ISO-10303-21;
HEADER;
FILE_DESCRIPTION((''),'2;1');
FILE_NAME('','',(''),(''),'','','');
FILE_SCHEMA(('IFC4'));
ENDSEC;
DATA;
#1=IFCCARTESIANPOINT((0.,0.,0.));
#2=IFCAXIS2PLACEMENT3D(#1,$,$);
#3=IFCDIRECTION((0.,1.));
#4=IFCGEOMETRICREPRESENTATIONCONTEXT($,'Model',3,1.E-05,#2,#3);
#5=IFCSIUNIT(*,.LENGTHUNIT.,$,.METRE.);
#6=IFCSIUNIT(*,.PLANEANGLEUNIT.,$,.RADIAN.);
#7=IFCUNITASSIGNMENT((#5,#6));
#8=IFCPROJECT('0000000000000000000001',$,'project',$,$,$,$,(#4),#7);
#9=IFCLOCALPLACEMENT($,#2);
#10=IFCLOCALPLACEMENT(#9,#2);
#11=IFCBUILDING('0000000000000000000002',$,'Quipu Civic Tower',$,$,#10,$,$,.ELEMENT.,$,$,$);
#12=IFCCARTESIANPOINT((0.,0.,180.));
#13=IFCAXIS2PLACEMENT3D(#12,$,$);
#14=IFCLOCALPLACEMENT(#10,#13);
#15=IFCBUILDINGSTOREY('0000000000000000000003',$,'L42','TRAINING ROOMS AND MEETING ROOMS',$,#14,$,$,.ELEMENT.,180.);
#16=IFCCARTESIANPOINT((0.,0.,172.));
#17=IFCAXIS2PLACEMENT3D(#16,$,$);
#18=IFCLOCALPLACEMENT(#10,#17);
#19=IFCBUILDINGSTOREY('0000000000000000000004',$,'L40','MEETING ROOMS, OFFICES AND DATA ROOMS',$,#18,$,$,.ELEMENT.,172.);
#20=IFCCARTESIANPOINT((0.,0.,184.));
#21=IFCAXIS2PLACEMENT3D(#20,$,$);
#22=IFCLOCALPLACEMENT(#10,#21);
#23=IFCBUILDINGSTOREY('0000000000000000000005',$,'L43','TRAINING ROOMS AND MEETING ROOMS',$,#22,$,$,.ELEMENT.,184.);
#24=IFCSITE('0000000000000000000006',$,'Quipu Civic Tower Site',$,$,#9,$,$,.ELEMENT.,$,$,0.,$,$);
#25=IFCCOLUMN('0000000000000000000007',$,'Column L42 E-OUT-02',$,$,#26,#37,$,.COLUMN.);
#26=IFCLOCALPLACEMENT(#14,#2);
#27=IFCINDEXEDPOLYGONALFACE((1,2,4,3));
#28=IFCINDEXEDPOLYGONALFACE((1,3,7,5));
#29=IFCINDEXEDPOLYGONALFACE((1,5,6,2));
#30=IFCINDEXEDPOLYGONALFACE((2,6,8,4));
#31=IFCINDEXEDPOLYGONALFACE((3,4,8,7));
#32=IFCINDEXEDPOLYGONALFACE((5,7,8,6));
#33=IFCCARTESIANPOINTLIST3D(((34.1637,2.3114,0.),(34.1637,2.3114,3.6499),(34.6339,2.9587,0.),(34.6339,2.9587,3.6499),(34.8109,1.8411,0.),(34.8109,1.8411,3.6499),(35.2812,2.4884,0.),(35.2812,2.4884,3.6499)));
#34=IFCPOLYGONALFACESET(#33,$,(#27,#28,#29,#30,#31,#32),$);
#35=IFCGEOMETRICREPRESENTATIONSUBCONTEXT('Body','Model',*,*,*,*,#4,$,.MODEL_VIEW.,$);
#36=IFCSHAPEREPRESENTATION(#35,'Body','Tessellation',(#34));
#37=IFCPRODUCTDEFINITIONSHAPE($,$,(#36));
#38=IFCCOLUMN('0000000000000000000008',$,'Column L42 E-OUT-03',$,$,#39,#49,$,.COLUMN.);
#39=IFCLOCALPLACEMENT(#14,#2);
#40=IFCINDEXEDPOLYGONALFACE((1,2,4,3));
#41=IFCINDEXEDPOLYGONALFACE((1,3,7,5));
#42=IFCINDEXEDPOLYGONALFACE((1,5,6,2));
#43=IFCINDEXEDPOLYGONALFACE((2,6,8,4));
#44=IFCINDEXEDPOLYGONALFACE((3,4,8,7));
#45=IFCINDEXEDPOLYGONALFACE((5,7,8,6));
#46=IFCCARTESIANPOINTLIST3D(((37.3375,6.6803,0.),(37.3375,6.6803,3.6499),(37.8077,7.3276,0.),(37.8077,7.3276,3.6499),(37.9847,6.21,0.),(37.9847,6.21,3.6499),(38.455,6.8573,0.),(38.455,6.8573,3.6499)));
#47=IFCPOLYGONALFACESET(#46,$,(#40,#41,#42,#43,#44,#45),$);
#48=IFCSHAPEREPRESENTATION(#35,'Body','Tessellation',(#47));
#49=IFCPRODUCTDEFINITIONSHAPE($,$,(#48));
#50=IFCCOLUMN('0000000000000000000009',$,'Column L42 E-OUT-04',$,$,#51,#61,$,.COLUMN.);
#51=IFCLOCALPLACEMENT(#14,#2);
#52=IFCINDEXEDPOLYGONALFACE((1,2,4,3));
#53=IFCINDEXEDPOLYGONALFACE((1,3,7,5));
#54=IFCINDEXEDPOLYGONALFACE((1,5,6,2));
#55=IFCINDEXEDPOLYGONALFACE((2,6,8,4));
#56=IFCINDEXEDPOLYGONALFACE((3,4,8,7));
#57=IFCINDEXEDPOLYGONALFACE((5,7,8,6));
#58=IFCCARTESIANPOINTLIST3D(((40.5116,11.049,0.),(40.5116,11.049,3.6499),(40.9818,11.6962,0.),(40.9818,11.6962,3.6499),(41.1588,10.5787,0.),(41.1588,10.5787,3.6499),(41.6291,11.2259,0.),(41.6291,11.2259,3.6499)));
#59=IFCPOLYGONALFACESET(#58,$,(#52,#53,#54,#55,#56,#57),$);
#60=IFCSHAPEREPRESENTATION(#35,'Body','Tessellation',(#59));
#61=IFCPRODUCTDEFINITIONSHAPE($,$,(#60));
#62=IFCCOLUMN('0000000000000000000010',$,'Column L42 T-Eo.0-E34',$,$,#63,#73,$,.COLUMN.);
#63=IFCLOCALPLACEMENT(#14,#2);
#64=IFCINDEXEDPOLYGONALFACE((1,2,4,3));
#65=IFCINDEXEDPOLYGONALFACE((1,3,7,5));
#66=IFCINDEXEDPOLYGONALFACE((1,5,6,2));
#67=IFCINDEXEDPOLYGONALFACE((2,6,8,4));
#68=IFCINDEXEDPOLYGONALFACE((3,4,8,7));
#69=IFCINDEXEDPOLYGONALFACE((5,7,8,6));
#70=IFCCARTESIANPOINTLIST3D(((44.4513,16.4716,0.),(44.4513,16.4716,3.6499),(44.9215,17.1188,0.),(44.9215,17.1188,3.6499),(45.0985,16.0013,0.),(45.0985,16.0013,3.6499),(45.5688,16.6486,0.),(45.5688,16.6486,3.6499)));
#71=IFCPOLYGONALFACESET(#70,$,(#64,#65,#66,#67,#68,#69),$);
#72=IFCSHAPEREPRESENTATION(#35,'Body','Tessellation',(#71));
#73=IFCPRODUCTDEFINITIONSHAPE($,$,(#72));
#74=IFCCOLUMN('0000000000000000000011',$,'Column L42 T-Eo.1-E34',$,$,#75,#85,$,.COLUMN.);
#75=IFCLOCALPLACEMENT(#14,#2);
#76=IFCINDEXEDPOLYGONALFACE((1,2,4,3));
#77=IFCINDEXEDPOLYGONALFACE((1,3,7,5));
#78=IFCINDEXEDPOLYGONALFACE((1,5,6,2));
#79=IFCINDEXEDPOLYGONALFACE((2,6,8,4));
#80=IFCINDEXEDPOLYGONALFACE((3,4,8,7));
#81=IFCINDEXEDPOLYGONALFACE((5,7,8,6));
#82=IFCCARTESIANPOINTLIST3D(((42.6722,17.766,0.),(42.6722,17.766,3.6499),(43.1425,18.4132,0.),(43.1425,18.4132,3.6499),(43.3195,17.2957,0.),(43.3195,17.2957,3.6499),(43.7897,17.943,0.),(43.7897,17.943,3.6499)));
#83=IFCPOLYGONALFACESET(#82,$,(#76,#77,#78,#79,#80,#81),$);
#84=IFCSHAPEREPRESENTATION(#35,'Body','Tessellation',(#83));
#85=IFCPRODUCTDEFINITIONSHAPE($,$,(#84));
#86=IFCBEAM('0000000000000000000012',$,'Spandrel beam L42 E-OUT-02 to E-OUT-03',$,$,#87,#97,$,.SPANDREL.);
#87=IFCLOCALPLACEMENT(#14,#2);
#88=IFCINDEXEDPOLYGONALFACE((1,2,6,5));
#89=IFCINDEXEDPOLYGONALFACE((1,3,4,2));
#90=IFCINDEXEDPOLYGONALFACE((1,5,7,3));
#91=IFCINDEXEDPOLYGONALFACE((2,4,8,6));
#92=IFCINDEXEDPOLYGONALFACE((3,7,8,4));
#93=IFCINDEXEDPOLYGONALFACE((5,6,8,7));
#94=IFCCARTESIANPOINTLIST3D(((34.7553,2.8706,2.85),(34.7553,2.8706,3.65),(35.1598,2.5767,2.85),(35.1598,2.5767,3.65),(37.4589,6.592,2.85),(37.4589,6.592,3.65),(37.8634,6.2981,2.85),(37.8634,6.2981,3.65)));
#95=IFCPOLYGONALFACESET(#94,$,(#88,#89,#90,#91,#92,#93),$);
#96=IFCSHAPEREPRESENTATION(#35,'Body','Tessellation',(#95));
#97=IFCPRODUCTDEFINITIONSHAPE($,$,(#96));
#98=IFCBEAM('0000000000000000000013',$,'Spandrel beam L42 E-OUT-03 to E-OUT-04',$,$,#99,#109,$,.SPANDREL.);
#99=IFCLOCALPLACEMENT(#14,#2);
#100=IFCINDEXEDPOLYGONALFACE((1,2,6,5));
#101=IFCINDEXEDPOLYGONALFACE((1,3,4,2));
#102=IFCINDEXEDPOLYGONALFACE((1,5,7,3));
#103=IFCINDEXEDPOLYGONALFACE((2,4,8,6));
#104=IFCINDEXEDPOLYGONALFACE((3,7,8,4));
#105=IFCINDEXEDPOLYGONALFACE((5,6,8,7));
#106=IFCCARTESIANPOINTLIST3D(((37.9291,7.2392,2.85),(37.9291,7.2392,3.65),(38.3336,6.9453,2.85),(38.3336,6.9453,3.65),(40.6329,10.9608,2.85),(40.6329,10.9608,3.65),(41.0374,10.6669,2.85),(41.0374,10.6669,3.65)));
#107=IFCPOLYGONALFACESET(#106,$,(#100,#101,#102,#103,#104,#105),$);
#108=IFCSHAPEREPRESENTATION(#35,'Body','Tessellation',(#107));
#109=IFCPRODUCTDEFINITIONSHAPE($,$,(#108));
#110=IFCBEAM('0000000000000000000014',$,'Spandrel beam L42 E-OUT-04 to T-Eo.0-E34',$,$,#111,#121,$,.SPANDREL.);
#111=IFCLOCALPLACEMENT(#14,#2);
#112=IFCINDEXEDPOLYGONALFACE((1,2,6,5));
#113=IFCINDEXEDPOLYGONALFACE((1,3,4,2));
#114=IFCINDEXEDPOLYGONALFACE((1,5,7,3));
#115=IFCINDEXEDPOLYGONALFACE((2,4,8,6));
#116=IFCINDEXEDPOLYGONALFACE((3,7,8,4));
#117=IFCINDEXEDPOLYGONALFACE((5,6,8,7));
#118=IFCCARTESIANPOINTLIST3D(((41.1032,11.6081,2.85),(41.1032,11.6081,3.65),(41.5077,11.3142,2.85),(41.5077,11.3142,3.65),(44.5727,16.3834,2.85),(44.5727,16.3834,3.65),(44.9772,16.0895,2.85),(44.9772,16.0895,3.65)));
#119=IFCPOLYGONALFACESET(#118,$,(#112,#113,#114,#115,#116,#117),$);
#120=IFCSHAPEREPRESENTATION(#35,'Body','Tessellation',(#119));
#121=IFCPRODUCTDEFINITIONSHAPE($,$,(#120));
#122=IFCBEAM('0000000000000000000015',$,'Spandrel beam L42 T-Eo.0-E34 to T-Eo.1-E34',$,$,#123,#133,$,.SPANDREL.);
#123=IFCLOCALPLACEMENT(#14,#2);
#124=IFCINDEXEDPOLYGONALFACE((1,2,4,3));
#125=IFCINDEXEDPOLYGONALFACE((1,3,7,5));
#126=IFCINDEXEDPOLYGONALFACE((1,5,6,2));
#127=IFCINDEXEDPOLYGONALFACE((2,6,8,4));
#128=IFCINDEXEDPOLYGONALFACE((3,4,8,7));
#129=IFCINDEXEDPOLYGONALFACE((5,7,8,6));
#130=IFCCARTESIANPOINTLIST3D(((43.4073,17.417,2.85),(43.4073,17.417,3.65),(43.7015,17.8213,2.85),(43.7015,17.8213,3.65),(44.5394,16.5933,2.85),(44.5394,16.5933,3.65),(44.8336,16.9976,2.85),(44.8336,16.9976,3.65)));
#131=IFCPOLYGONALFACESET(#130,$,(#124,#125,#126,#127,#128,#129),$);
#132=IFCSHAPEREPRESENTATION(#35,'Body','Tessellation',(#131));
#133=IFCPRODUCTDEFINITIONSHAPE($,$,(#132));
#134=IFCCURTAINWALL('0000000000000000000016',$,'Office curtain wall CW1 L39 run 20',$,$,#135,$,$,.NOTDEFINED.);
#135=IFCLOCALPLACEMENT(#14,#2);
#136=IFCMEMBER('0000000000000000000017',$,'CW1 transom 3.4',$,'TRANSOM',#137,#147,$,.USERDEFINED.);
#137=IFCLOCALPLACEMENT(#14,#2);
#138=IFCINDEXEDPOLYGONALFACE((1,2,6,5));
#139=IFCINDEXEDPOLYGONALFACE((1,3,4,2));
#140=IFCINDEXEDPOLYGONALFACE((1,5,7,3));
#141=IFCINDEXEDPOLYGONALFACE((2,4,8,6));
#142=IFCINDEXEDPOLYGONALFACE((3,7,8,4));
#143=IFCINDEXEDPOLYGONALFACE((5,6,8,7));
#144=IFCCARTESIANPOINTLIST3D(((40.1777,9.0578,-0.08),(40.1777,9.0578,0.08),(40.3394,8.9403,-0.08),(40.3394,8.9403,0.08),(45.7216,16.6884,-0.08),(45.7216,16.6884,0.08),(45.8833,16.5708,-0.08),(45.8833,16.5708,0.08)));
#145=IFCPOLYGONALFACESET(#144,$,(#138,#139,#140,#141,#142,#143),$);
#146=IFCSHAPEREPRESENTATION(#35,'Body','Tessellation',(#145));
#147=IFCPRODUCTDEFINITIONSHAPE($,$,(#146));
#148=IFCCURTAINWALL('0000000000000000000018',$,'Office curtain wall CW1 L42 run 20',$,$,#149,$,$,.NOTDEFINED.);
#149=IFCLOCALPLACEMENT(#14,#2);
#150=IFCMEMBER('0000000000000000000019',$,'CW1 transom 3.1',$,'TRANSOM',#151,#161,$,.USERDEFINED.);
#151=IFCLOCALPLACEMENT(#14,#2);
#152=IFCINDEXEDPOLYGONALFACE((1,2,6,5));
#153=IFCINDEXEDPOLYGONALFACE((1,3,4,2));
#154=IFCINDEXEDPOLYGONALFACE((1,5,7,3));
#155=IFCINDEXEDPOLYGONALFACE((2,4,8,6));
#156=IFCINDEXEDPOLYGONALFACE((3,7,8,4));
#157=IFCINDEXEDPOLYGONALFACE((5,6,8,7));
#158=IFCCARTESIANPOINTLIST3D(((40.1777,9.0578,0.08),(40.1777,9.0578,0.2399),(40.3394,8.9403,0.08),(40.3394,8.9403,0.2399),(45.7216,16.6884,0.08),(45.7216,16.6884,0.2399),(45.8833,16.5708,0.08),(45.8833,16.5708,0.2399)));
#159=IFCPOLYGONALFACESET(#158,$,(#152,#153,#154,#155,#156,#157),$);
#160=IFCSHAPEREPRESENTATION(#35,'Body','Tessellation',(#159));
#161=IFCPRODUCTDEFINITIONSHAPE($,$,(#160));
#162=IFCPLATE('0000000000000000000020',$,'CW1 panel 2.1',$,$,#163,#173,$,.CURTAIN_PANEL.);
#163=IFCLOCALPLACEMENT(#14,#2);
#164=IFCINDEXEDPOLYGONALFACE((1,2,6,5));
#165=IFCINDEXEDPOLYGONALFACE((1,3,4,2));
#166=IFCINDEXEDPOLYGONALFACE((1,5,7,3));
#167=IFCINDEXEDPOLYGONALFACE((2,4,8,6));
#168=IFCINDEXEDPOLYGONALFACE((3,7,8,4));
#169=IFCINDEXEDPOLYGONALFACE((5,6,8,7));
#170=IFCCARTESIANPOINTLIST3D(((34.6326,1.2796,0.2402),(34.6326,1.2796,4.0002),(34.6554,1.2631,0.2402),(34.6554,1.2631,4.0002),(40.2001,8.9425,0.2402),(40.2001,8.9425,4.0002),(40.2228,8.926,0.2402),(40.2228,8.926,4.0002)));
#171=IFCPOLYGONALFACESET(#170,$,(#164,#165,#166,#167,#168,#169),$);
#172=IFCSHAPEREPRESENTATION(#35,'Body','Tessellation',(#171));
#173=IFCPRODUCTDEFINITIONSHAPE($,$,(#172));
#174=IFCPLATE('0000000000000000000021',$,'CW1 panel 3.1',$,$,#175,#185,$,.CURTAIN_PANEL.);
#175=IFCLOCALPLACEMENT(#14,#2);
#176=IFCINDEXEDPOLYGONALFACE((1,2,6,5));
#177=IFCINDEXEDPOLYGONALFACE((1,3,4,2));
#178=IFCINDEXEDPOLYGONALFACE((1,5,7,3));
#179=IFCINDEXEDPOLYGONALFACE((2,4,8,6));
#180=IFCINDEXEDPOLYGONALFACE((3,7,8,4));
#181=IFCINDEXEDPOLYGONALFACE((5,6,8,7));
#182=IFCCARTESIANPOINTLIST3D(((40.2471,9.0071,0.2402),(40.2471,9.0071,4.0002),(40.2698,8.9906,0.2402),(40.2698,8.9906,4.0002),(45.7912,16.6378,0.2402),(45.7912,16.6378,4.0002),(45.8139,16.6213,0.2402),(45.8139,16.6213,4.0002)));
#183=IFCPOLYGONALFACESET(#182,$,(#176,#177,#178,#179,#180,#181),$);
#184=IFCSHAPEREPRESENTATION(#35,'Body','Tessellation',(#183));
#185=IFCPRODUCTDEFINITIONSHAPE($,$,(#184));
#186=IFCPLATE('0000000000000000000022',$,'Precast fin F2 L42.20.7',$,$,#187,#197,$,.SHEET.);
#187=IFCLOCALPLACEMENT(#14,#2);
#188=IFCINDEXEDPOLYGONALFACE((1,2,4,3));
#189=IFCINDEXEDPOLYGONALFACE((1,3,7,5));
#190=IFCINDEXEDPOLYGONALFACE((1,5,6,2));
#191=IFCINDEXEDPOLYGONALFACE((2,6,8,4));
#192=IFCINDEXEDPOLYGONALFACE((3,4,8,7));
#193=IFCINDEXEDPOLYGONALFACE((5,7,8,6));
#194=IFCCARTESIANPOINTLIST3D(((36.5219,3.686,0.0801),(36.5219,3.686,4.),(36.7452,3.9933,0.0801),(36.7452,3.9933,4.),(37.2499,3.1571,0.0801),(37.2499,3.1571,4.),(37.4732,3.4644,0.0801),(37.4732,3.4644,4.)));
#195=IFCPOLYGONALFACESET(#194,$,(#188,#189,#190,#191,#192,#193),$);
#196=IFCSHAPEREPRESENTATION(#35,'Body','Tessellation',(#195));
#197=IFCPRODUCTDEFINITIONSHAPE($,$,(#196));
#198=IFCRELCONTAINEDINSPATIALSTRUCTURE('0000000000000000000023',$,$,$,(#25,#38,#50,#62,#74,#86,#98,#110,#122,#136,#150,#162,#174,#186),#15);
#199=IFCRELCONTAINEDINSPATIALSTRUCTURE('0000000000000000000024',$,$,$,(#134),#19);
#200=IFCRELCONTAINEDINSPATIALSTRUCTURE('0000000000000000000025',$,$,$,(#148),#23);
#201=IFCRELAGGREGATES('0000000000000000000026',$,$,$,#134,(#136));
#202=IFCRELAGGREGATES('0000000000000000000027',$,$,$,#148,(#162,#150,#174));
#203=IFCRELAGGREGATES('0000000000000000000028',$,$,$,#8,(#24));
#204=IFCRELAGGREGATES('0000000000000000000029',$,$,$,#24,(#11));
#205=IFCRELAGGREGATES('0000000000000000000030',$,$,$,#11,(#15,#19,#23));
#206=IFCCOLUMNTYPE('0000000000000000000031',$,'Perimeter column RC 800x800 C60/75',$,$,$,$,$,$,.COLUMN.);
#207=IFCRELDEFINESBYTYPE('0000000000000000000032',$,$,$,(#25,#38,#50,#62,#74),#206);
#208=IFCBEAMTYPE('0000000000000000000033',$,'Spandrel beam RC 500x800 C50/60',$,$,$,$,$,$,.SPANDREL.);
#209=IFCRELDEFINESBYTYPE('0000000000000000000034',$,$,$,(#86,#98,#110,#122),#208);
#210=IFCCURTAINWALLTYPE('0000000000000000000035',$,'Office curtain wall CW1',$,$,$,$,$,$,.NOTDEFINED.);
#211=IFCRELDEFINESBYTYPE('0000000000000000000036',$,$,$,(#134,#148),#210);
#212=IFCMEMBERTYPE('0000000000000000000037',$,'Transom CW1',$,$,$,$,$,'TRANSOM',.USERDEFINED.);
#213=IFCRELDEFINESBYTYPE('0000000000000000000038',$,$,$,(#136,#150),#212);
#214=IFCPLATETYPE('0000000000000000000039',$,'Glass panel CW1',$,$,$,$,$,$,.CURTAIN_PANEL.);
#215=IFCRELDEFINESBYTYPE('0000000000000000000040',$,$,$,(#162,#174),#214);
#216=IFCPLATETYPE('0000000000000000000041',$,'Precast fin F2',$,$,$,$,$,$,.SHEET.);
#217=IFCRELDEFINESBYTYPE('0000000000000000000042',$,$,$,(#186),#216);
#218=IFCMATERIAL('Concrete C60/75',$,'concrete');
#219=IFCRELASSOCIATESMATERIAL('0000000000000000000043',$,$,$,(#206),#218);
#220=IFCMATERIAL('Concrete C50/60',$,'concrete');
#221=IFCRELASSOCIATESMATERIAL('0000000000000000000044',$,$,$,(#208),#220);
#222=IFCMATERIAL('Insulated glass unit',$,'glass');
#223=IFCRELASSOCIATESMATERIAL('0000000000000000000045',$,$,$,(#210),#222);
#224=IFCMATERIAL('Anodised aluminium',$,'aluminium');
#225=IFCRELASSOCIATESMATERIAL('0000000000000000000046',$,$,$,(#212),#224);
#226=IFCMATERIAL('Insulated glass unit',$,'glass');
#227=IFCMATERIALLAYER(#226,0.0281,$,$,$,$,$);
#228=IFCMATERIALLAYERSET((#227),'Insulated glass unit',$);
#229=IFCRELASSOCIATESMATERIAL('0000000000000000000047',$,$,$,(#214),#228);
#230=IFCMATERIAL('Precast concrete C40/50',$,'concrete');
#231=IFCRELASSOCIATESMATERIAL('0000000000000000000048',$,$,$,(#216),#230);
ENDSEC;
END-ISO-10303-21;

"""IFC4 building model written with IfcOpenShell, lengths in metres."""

from ifc_helpers import new_model, si_unit, direction, frame, origin, origin_2d, place, context, subcontext, project, spatial, rectangle, extrude, material, layer, layer_set, material_profile, profile_set, type_object, element, aggregate, save


model = new_model("IFC4")

# Units and contexts
model_context = context("Model", 3, precision=1e-05, world=origin(), true_north=direction((0.0, 1.0)))
body_context = subcontext(model_context, "Body", "Model", "MODEL_VIEW")
ifc_project = project(units=[si_unit("LENGTHUNIT", "METRE"), si_unit("PLANEANGLEUNIT", "RADIAN")], contexts=[model_context])

# Site, building, storey
site_placement = place(None, origin())
site = spatial("IfcSite", under=ifc_project, at=site_placement, Name="Quipu Civic Tower Site", CompositionType="ELEMENT", RefElevation=0.0)
building_placement = place(site_placement, origin())
building = spatial("IfcBuilding", under=site, at=building_placement, Name="Quipu Civic Tower", CompositionType="ELEMENT")
storey_1_placement = place(building_placement, frame((0.0, 0.0, 180.0)))
storey_1 = spatial("IfcBuildingStorey", under=building, at=storey_1_placement, Name="L42", Description="TRAINING ROOMS AND MEETING ROOMS", CompositionType="ELEMENT", Elevation=180.0)

# Columns
ifc_material_1 = material(Name="Concrete C60/75", Category="concrete")
ifc_material_profile_1 = material_profile(ifc_material_1, rectangle(XDim=0.8, YDim=0.8, at=origin_2d()), Name="RC800x800")
ifc_profile_set_1 = profile_set([ifc_material_profile_1], Name="Concrete C60/75")
column_type = type_object("IfcColumnType", Name="Perimeter column RC 800x800 C60/75", PredefinedType="COLUMN", material=ifc_profile_set_1)
for number, where, z_axis, x_axis, name in (
    (1, (34.7224, 2.3999, 0.0), (0.0, 0.0, 1.0), (0.587785, 0.809017, 0.0), "Column L42 E-OUT-02"),
    (2, (37.8962, 6.7688, 0.0), (0.0, 0.0, 1.0), (0.587785, 0.809017, 0.0), "Column L42 E-OUT-03"),
    (3, (41.0703, 11.1375, 0.0), (0.0, 0.0, 1.0), (0.587785, 0.809017, 0.0), "Column L42 E-OUT-04"),
    (4, (45.01, 16.5601, 0.0), (0.0, 0.0, 1.0), (0.587785, 0.809017, 0.0), "Column L42 T-Eo.0-E34"),
    (5, (43.231, 17.8545, 0.0), (0.0, 0.0, 1.0), (0.587785, 0.809017, 0.0), "Column L42 T-Eo.1-E34"),
):
    element("IfcColumn", number, at=place(storey_1_placement, frame(where, z_axis=z_axis, x_axis=x_axis)), inside=storey_1, type_object=column_type, Name=name, PredefinedType="COLUMN", context=body_context, shape_type="SweptSolid", body=[
        extrude(rectangle(XDim=0.8, YDim=0.8, at=origin_2d()), origin(), (0.0, 0.0, 1.0), 3.6499),
    ])

# Beams
ifc_material_2 = material(Name="Concrete C50/60", Category="concrete")
ifc_material_profile_2 = material_profile(ifc_material_2, rectangle(XDim=0.5, YDim=0.8, at=origin_2d()), Name="RC500x800")
ifc_profile_set_2 = profile_set([ifc_material_profile_2], Name="Concrete C50/60")
beam_type = type_object("IfcBeamType", Name="Spandrel beam RC 500x800 C50/60", PredefinedType="SPANDREL", material=ifc_profile_set_2)
beam_1_placement = place(storey_1_placement, frame((34.9575, 2.7236, 3.25), z_axis=(0.587761, 0.809034, 0.0), x_axis=(-0.809034, 0.587761, 0.0)))
element("IfcBeam", 6, at=beam_1_placement, inside=storey_1, type_object=beam_type, Name="Spandrel beam L42 E-OUT-02 to E-OUT-03", PredefinedType="SPANDREL", context=body_context, shape_type="SweptSolid", body=[
    extrude(rectangle(XDim=0.5, YDim=0.8, at=origin_2d()), origin(), (0.0, 0.0, 1.0), 4.5999),
])
beam_2_placement = place(storey_1_placement, frame((38.1313, 7.0923, 3.25), z_axis=(0.587771, 0.809027, 0.0), x_axis=(-0.809027, 0.587771, 0.0)))
element("IfcBeam", 7, at=beam_2_placement, inside=storey_1, type_object=beam_type, Name="Spandrel beam L42 E-OUT-03 to E-OUT-04", PredefinedType="SPANDREL", context=body_context, shape_type="SweptSolid", body=[
    extrude(rectangle(XDim=0.5, YDim=0.8, at=origin_2d()), origin(), (0.0, 0.0, 1.0), 4.6001),
])
beam_3_placement = place(storey_1_placement, frame((41.3054, 11.4612, 3.25), z_axis=(0.5878, 0.809006, 0.0), x_axis=(-0.809006, 0.5878, 0.0)))
element("IfcBeam", 8, at=beam_3_placement, inside=storey_1, type_object=beam_type, Name="Spandrel beam L42 E-OUT-04 to T-Eo.0-E34", PredefinedType="SPANDREL", context=body_context, shape_type="SweptSolid", body=[
    extrude(rectangle(XDim=0.5, YDim=0.8, at=origin_2d()), origin(), (0.0, 0.0, 1.0), 5.9026),
])
beam_4_placement = place(storey_1_placement, frame((44.6865, 16.7954, 3.25), z_axis=(-0.8086, 0.588358, 0.0), x_axis=(-0.588358, -0.8086, 0.0)))
element("IfcBeam", 9, at=beam_4_placement, inside=storey_1, type_object=beam_type, Name="Spandrel beam L42 T-Eo.0-E34 to T-Eo.1-E34", PredefinedType="SPANDREL", context=body_context, shape_type="SweptSolid", body=[
    extrude(rectangle(XDim=0.5, YDim=0.8, at=origin_2d()), origin(), (0.0, 0.0, 1.0), 1.4001),
])

# Shared definitions
storey_2_placement = place(building_placement, frame((0.0, 0.0, 172.0)))
storey_2 = spatial("IfcBuildingStorey", under=building, at=storey_2_placement, Name="L40", Description="MEETING ROOMS, OFFICES AND DATA ROOMS", CompositionType="ELEMENT", Elevation=172.0)

# Curtain wall, member
ifc_material_3 = material(Name="Insulated glass unit", Category="glass")
curtain_wall_type = type_object("IfcCurtainWallType", Name="Office curtain wall CW1", PredefinedType="NOTDEFINED", material=ifc_material_3)
curtain_wall_1_placement = place(storey_2_placement, origin())
curtain_wall_1 = element("IfcCurtainWall", 10, at=curtain_wall_1_placement, inside=storey_2, type_object=curtain_wall_type, Name="Office curtain wall CW1 L39 run 20", PredefinedType="NOTDEFINED")
ifc_material_4 = material(Name="Anodised aluminium", Category="aluminium")
ifc_material_profile_3 = material_profile(ifc_material_4, rectangle(XDim=0.2, YDim=0.1599, at=origin_2d()), Name="RECT 200x160")
ifc_profile_set_3 = profile_set([ifc_material_profile_3], Name="Anodised aluminium")
member_type = type_object("IfcMemberType", Name="Transom CW1", ElementType="TRANSOM", PredefinedType="USERDEFINED", material=ifc_profile_set_3)
member_1_placement = place(storey_1_placement, frame((40.2585, 8.999, 0.0), z_axis=(0.587784, 0.809018, 0.0), x_axis=(-0.809018, 0.587784, 0.0)))
member_1 = element("IfcMember", 11, at=member_1_placement, inside=storey_1, type_object=member_type, Name="CW1 transom 3.4", ObjectType="TRANSOM", PredefinedType="USERDEFINED", context=body_context, shape_type="SweptSolid", body=[
    extrude(rectangle(XDim=0.2, YDim=0.1599, at=origin_2d()), origin(), (0.0, 0.0, 1.0), 9.4319),
])
aggregate(curtain_wall_1, [member_1])

# Shared definitions
storey_3_placement = place(building_placement, frame((0.0, 0.0, 184.0)))
storey_3 = spatial("IfcBuildingStorey", under=building, at=storey_3_placement, Name="L43", Description="TRAINING ROOMS AND MEETING ROOMS", CompositionType="ELEMENT", Elevation=184.0)

# Curtain wall, member, plates
curtain_wall_2_placement = place(storey_3_placement, origin())
curtain_wall_2 = element("IfcCurtainWall", 12, at=curtain_wall_2_placement, inside=storey_3, type_object=curtain_wall_type, Name="Office curtain wall CW1 L42 run 20", PredefinedType="NOTDEFINED")
member_2_placement = place(storey_1_placement, frame((40.2585, 8.999, 0.1599), z_axis=(0.587784, 0.809018, 0.0), x_axis=(-0.809018, 0.587784, 0.0)))
member_2 = element("IfcMember", 13, at=member_2_placement, inside=storey_1, type_object=member_type, Name="CW1 transom 3.1", ObjectType="TRANSOM", PredefinedType="USERDEFINED", context=body_context, shape_type="SweptSolid", body=[
    extrude(rectangle(XDim=0.2, YDim=0.1599, at=origin_2d()), origin(), (0.0, 0.0, 1.0), 9.4319),
])
ifc_material_5 = material(Name="Insulated glass unit", Category="glass")
ifc_layer_1 = layer(ifc_material_5, 0.0281)
ifc_layer_set_1 = layer_set([ifc_layer_1], Name="Insulated glass unit")
plate_type_1 = type_object("IfcPlateType", Name="Glass panel CW1", PredefinedType="CURTAIN_PANEL", material=ifc_layer_set_1)
plate_1_placement = place(storey_1_placement, frame((37.4277, 5.1028, 0.2402), z_axis=(0.0, 0.0, 1.0), x_axis=(0.587786, 0.809017, 0.0)))
plate_1 = element("IfcPlate", 14, at=plate_1_placement, inside=storey_1, type_object=plate_type_1, Name="CW1 panel 2.1", PredefinedType="CURTAIN_PANEL", context=body_context, shape_type="SweptSolid", body=[
    extrude(rectangle(XDim=9.4719, YDim=0.0281, at=origin_2d()), origin(), (0.0, 0.0, 1.0), 3.76),
])
plate_2_placement = place(storey_1_placement, frame((43.0305, 12.8142, 0.2402), z_axis=(0.0, 0.0, 1.0), x_axis=(0.587786, 0.809017, 0.0)))
plate_2 = element("IfcPlate", 15, at=plate_2_placement, inside=storey_1, type_object=plate_type_1, Name="CW1 panel 3.1", PredefinedType="CURTAIN_PANEL", context=body_context, shape_type="SweptSolid", body=[
    extrude(rectangle(XDim=9.4321, YDim=0.0281, at=origin_2d()), origin(), (0.0, 0.0, 1.0), 3.76),
])
aggregate(curtain_wall_2, [plate_1, member_2, plate_2])

# Plate
ifc_material_6 = material(Name="Precast concrete C40/50", Category="concrete")
plate_type_2 = type_object("IfcPlateType", Name="Precast fin F2", PredefinedType="SHEET", material=ifc_material_6)
for number, where, z_axis, x_axis, name in (
    (16, (36.9976, 3.5752, 0.0801), (0.0, 0.0, 1.0), (0.587786, 0.809017, 0.0), "Precast fin F2 L42.20.7"),
):
    element("IfcPlate", number, at=place(storey_1_placement, frame(where, z_axis=z_axis, x_axis=x_axis)), inside=storey_1, type_object=plate_type_2, Name=name, PredefinedType="SHEET", context=body_context, shape_type="SweptSolid", body=[
        extrude(rectangle(XDim=0.3799, YDim=0.8999, at=origin_2d()), origin(), (0.0, 0.0, 1.0), 3.9199),
    ])

save(model, "model.ifc")
